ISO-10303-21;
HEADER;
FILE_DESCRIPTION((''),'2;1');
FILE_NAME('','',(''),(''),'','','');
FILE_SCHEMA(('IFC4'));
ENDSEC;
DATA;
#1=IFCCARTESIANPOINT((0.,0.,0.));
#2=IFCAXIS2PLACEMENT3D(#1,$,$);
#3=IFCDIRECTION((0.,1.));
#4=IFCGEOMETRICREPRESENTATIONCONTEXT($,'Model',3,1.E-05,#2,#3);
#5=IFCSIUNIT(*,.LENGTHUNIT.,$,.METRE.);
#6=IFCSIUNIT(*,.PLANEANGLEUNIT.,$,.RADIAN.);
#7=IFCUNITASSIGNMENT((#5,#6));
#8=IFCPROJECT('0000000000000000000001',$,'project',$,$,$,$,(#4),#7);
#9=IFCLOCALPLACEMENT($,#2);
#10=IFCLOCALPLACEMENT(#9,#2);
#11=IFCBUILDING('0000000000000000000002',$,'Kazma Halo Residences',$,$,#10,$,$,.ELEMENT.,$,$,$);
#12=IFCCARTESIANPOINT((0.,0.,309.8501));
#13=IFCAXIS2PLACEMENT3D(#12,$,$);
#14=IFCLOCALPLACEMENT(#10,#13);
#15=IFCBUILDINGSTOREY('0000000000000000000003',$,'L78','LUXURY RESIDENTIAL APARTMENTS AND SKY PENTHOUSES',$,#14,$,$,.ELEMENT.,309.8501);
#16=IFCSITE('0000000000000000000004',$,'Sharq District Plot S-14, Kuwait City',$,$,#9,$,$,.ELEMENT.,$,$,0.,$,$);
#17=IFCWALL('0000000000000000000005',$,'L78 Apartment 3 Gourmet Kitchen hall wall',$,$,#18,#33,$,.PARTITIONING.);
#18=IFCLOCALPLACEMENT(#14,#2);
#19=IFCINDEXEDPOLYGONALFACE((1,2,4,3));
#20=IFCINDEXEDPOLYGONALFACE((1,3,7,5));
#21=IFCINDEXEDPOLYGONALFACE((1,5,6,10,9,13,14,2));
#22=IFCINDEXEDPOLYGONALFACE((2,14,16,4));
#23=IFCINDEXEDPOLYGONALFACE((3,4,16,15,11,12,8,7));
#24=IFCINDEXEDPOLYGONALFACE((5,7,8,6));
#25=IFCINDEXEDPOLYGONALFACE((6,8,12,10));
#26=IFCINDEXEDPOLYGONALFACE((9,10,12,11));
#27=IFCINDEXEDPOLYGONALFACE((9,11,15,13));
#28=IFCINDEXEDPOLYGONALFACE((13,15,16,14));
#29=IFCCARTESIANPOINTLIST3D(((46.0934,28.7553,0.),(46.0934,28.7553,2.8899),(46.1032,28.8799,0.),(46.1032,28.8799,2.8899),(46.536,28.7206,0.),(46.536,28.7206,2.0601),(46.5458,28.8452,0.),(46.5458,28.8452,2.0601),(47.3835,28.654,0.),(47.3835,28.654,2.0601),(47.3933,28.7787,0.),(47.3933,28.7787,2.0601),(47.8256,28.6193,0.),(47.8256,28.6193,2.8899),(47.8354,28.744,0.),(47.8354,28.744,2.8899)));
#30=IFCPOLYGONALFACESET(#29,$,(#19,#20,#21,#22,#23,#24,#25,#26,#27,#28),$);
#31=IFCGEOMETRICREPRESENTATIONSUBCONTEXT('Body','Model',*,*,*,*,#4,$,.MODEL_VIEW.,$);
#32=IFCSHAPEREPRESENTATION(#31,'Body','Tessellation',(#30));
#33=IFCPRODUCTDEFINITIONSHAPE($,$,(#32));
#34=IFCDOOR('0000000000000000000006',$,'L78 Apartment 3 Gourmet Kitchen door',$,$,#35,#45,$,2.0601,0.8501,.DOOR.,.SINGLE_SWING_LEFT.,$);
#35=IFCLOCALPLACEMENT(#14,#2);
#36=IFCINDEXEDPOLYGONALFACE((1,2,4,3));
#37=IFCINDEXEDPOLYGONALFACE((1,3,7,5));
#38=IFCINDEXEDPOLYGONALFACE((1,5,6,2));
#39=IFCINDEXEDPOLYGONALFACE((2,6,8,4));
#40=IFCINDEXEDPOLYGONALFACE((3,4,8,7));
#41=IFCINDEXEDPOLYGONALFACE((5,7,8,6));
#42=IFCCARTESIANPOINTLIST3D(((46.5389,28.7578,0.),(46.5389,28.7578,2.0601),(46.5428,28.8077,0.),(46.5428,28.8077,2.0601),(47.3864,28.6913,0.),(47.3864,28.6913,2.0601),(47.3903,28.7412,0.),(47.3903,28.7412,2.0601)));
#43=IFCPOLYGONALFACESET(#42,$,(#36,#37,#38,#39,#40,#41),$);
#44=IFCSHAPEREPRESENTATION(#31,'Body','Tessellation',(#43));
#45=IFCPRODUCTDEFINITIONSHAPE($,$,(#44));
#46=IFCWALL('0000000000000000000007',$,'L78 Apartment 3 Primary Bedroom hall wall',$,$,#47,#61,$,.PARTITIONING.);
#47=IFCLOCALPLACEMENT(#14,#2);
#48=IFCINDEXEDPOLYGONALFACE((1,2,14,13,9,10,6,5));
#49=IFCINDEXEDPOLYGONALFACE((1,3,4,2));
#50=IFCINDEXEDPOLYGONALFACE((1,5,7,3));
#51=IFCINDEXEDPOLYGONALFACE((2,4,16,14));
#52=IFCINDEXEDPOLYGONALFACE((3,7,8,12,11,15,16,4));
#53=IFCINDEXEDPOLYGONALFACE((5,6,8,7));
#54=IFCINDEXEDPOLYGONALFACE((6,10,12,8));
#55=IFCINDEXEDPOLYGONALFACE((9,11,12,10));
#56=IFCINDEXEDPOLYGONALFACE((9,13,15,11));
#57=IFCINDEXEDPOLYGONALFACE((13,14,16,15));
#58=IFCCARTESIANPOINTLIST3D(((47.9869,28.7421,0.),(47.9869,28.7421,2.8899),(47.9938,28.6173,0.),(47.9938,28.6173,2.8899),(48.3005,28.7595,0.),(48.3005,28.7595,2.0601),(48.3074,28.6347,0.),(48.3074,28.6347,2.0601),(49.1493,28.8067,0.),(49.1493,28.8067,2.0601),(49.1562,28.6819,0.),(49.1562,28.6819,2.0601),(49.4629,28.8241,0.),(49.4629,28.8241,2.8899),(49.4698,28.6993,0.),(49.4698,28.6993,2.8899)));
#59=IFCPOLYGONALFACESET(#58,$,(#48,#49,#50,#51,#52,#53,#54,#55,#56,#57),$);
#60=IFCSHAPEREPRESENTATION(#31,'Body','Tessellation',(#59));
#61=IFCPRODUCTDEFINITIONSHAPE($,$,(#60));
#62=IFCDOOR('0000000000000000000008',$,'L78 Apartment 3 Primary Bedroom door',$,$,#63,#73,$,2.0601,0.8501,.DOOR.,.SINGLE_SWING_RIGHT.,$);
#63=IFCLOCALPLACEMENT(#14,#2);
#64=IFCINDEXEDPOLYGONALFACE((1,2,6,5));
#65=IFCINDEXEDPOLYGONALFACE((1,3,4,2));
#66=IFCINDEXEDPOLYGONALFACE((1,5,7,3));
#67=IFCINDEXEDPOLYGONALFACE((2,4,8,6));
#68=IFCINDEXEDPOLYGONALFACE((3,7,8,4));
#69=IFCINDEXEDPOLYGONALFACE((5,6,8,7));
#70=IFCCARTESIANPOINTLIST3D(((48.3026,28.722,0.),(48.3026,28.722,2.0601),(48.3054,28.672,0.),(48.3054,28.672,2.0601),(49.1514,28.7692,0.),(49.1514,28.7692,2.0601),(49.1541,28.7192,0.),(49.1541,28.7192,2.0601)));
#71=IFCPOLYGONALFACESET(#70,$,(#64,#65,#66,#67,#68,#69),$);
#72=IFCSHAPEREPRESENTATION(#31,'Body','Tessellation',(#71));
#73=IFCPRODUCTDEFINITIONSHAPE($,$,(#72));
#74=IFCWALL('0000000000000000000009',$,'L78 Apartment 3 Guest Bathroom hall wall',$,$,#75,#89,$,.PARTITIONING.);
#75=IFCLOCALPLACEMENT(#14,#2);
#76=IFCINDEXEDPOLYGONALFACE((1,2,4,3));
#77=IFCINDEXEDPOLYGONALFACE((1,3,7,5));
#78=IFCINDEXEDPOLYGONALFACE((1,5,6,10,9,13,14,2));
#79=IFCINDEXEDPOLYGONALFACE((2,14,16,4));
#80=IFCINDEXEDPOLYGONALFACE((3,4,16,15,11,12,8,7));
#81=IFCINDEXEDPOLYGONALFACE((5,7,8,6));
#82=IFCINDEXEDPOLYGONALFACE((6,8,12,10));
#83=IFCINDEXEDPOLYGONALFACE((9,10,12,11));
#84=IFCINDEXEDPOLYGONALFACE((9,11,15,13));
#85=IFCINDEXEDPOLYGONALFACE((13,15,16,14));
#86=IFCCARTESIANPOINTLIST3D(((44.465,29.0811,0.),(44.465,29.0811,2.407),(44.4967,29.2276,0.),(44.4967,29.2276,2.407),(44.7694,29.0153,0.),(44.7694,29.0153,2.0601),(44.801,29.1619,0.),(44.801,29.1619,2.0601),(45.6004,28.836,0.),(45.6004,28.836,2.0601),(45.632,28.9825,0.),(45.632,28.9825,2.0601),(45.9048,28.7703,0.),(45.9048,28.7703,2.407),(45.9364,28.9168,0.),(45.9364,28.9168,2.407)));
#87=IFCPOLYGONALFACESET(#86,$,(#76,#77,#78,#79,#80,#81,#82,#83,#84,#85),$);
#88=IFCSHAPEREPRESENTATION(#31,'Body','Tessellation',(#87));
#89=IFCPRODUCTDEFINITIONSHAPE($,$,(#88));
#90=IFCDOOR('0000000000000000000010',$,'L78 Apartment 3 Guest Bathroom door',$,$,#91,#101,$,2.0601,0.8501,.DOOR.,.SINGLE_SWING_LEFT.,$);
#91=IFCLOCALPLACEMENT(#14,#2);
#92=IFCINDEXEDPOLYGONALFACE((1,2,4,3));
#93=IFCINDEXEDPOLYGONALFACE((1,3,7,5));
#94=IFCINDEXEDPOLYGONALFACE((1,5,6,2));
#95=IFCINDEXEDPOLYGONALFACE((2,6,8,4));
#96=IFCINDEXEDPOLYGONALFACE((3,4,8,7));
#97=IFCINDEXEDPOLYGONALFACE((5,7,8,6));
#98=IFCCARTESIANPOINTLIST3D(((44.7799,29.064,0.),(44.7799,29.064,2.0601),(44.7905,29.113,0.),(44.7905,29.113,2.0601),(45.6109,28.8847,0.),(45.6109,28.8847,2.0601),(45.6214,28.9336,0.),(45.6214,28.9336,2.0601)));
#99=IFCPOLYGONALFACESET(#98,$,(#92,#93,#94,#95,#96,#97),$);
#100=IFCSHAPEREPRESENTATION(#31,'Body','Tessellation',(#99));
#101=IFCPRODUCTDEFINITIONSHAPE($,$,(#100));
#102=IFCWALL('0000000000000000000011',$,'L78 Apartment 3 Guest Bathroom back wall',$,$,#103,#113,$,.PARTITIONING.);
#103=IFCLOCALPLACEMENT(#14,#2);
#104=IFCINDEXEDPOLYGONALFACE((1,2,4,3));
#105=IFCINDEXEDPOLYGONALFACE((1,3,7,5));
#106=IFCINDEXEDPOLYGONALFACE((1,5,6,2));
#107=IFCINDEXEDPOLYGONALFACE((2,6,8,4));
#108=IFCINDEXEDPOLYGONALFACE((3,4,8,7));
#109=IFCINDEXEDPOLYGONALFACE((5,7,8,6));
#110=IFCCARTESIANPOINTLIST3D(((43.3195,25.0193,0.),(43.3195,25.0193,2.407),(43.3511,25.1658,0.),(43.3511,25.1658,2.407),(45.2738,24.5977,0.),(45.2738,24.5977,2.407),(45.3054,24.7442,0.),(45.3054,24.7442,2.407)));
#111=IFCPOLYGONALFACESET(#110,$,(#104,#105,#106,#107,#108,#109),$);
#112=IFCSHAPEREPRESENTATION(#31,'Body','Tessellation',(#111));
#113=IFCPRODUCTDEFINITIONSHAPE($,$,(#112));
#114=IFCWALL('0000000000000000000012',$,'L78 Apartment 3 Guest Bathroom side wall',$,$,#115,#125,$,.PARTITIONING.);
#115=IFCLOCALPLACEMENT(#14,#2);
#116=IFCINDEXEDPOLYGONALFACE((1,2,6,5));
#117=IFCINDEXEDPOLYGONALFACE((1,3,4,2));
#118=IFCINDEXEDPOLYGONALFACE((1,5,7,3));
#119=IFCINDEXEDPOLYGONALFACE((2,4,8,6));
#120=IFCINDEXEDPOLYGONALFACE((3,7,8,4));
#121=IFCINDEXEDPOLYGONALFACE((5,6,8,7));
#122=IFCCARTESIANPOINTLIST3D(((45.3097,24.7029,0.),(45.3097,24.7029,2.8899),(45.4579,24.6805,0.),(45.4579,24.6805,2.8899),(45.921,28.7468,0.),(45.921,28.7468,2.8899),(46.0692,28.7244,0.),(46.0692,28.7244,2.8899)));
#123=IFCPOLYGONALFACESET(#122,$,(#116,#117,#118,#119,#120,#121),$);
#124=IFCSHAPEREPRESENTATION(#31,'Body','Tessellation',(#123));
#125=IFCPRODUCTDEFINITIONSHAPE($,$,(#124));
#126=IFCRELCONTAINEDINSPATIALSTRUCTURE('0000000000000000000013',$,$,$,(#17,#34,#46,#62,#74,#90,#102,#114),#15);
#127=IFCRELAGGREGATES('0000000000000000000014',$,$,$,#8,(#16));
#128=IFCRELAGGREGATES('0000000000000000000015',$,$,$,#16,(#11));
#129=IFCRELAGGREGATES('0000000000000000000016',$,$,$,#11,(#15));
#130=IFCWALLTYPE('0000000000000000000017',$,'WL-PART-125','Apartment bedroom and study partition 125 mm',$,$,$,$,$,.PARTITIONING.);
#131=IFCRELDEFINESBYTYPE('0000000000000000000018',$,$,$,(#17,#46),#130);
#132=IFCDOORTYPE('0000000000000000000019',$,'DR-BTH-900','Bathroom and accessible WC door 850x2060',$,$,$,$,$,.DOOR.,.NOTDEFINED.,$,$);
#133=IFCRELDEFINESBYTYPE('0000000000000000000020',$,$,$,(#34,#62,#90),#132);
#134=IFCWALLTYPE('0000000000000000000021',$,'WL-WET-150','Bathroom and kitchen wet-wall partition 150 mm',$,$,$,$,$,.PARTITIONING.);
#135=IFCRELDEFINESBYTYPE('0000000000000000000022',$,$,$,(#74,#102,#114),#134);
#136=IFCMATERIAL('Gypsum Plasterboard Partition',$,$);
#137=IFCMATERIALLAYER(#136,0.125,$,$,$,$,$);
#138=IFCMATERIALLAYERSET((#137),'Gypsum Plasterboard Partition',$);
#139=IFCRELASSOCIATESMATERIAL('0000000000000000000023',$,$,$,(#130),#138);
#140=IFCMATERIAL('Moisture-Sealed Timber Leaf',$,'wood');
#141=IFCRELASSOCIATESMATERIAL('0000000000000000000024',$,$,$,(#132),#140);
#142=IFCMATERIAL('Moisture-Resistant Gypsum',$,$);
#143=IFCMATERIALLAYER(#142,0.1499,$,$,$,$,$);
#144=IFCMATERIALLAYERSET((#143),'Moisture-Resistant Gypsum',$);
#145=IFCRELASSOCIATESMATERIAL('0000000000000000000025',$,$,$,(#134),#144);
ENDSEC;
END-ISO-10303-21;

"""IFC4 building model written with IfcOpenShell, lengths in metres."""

from ifc_helpers import new_model, si_unit, direction, frame, frame_2d, origin, place, context, subcontext, project, spatial, rectangle, extrude, material, layer, layer_set, type_object, element, fill, save


model = new_model("IFC4")

# Units and contexts
model_context = context("Model", 3, precision=1e-05, world=origin(), true_north=direction((0.0, 1.0)))
body_context = subcontext(model_context, "Body", "Model", "MODEL_VIEW")
ifc_project = project(units=[si_unit("LENGTHUNIT", "METRE"), si_unit("PLANEANGLEUNIT", "RADIAN")], contexts=[model_context])

# Site, building, storey
site_placement = place(None, origin())
site = spatial("IfcSite", under=ifc_project, at=site_placement, Name="Sharq District Plot S-14, Kuwait City", CompositionType="ELEMENT", RefElevation=0.0)
building_placement = place(site_placement, origin())
building = spatial("IfcBuilding", under=site, at=building_placement, Name="Kazma Halo Residences", CompositionType="ELEMENT")
storey_placement = place(building_placement, frame((0.0, 0.0, 309.8501)))
storey = spatial("IfcBuildingStorey", under=building, at=storey_placement, Name="L78", Description="LUXURY RESIDENTIAL APARTMENTS AND SKY PENTHOUSES", CompositionType="ELEMENT", Elevation=309.8501)

# Shared definitions
ifc_material_1 = material(Name="Gypsum Plasterboard Partition")
ifc_layer_1 = layer(ifc_material_1, 0.125)
ifc_layer_set_1 = layer_set([ifc_layer_1], Name="Gypsum Plasterboard Partition")
wall_type_1 = type_object("IfcWallType", Name="WL-PART-125", Description="Apartment bedroom and study partition 125 mm", PredefinedType="PARTITIONING", material=ifc_layer_set_1)

# Shared definitions
ifc_material_2 = material(Name="Moisture-Sealed Timber Leaf", Category="wood")
door_type = type_object("IfcDoorType", Name="DR-BTH-900", Description="Bathroom and accessible WC door 850x2060", OperationType="NOTDEFINED", PredefinedType="DOOR", material=ifc_material_2)

# Walls, openings, doors
wall_1_placement = place(storey_placement, frame((46.0984, 28.8176, 0.0), z_axis=(0.0, 0.0, 1.0), x_axis=(0.996933, -0.078265, 0.0)))
wall_1 = element("IfcWall", 1, at=wall_1_placement, inside=storey, type_object=wall_type_1, Name="L78 Apartment 3 Gourmet Kitchen hall wall", PredefinedType="PARTITIONING", context=body_context, shape_type="SweptSolid", body=[
    extrude(rectangle(XDim=1.7375, YDim=0.125, at=frame_2d((0.8687, 0.0))), origin(), (0.0, 0.0, 1.0), 2.8899),
])
opening_1_placement = place(wall_1_placement, frame((0.4438, 0.0, 0.0)))
opening_1 = element("IfcOpeningElement", 2, at=opening_1_placement, cuts=wall_1, PredefinedType="OPENING", context=body_context, shape_type="SweptSolid", body=[
    extrude(rectangle(XDim=0.8501, YDim=2.0601, at=frame_2d((0.425, 1.03))), frame((0.0, 0.0725, 0.0), z_axis=(0.0, -1.0, 0.0), x_axis=(1.0, 0.0, 0.0)), (0.0, 0.0, 1.0), 0.145),
])
door_1_placement = place(opening_1_placement, origin())
door_1 = element("IfcDoor", 3, at=door_1_placement, inside=storey, type_object=door_type, Name="L78 Apartment 3 Gourmet Kitchen door", OperationType="SINGLE_SWING_LEFT", OverallHeight=2.0601, OverallWidth=0.8501, PredefinedType="DOOR", context=body_context, shape_type="SweptSolid", body=[
    extrude(rectangle(XDim=0.8501, YDim=2.0601, at=frame_2d((0.425, 1.03))), frame((0.0, 0.0249, 0.0), z_axis=(0.0, -1.0, 0.0), x_axis=(1.0, 0.0, 0.0)), (0.0, 0.0, 1.0), 0.05),
])
fill(opening_1, door_1)
wall_2_placement = place(storey_placement, frame((47.9902, 28.6797, 0.0), z_axis=(0.0, 0.0, 1.0), x_axis=(0.998459, 0.055488, 0.0)))
wall_2 = element("IfcWall", 4, at=wall_2_placement, inside=storey, type_object=wall_type_1, Name="L78 Apartment 3 Primary Bedroom hall wall", PredefinedType="PARTITIONING", context=body_context, shape_type="SweptSolid", body=[
    extrude(rectangle(XDim=1.4783, YDim=0.125, at=frame_2d((0.7393, 0.0))), origin(), (0.0, 0.0, 1.0), 2.8899),
])
opening_2_placement = place(wall_2_placement, frame((0.3142, 0.0, 0.0)))
opening_2 = element("IfcOpeningElement", 5, at=opening_2_placement, cuts=wall_2, PredefinedType="OPENING", context=body_context, shape_type="SweptSolid", body=[
    extrude(rectangle(XDim=0.8501, YDim=2.0601, at=frame_2d((0.425, 1.03))), frame((0.0, 0.0725, 0.0), z_axis=(0.0, -1.0, 0.0), x_axis=(1.0, 0.0, 0.0)), (0.0, 0.0, 1.0), 0.145),
])
door_2_placement = place(opening_2_placement, origin())
door_2 = element("IfcDoor", 6, at=door_2_placement, inside=storey, type_object=door_type, Name="L78 Apartment 3 Primary Bedroom door", OperationType="SINGLE_SWING_RIGHT", OverallHeight=2.0601, OverallWidth=0.8501, PredefinedType="DOOR", context=body_context, shape_type="SweptSolid", body=[
    extrude(rectangle(XDim=0.8501, YDim=2.0601, at=frame_2d((0.425, 1.03))), frame((0.0, 0.0249, 0.0), z_axis=(0.0, -1.0, 0.0), x_axis=(1.0, 0.0, 0.0)), (0.0, 0.0, 1.0), 0.05),
])
fill(opening_2, door_2)
ifc_material_3 = material(Name="Moisture-Resistant Gypsum")
ifc_layer_2 = layer(ifc_material_3, 0.1499)
ifc_layer_set_2 = layer_set([ifc_layer_2], Name="Moisture-Resistant Gypsum")
wall_type_2 = type_object("IfcWallType", Name="WL-WET-150", Description="Bathroom and kitchen wet-wall partition 150 mm", PredefinedType="PARTITIONING", material=ifc_layer_set_2)
wall_3_placement = place(storey_placement, frame((44.481, 29.1543, 0.0), z_axis=(0.0, 0.0, 1.0), x_axis=(0.977484, -0.211012, 0.0)))
wall_3 = element("IfcWall", 7, at=wall_3_placement, inside=storey, type_object=wall_type_2, Name="L78 Apartment 3 Guest Bathroom hall wall", PredefinedType="PARTITIONING", context=body_context, shape_type="SweptSolid", body=[
    extrude(rectangle(XDim=1.4729, YDim=0.1499, at=frame_2d((0.7363, 0.0))), origin(), (0.0, 0.0, 1.0), 2.407),
])
opening_3_placement = place(wall_3_placement, frame((0.3113, 0.0, 0.0)))
opening_3 = element("IfcOpeningElement", 8, at=opening_3_placement, cuts=wall_3, PredefinedType="OPENING", context=body_context, shape_type="SweptSolid", body=[
    extrude(rectangle(XDim=0.8501, YDim=2.0601, at=frame_2d((0.425, 1.03))), frame((0.0, 0.085, 0.0), z_axis=(0.0, -1.0, 0.0), x_axis=(1.0, 0.0, 0.0)), (0.0, 0.0, 1.0), 0.1699),
])
door_3_placement = place(opening_3_placement, origin())
door_3 = element("IfcDoor", 9, at=door_3_placement, inside=storey, type_object=door_type, Name="L78 Apartment 3 Guest Bathroom door", OperationType="SINGLE_SWING_LEFT", OverallHeight=2.0601, OverallWidth=0.8501, PredefinedType="DOOR", context=body_context, shape_type="SweptSolid", body=[
    extrude(rectangle(XDim=0.8501, YDim=2.0601, at=frame_2d((0.425, 1.03))), frame((0.0, 0.0249, 0.0), z_axis=(0.0, -1.0, 0.0), x_axis=(1.0, 0.0, 0.0)), (0.0, 0.0, 1.0), 0.05),
])
fill(opening_3, door_3)

# Walls
wall_4_placement = place(storey_placement, frame((43.3354, 25.0925, 0.0), z_axis=(0.0, 0.0, 1.0), x_axis=(0.97751, -0.210888, 0.0)))
element("IfcWall", 10, at=wall_4_placement, inside=storey, type_object=wall_type_2, Name="L78 Apartment 3 Guest Bathroom back wall", PredefinedType="PARTITIONING", context=body_context, shape_type="SweptSolid", body=[
    extrude(rectangle(XDim=1.9993, YDim=0.1499, at=frame_2d((0.9995, 0.0))), origin(), (0.0, 0.0, 1.0), 2.407),
])
wall_5_placement = place(storey_placement, frame((45.9951, 28.7356, 0.0), z_axis=(0.0, 0.0, 1.0), x_axis=(-0.149473, -0.988766, 0.0)))
element("IfcWall", 11, at=wall_5_placement, inside=storey, type_object=wall_type_2, Name="L78 Apartment 3 Guest Bathroom side wall", PredefinedType="PARTITIONING", context=body_context, shape_type="SweptSolid", body=[
    extrude(rectangle(XDim=4.0898, YDim=0.1499, at=frame_2d((2.0449, 0.0))), origin(), (0.0, 0.0, 1.0), 2.8899),
])

save(model, "model.ifc")
